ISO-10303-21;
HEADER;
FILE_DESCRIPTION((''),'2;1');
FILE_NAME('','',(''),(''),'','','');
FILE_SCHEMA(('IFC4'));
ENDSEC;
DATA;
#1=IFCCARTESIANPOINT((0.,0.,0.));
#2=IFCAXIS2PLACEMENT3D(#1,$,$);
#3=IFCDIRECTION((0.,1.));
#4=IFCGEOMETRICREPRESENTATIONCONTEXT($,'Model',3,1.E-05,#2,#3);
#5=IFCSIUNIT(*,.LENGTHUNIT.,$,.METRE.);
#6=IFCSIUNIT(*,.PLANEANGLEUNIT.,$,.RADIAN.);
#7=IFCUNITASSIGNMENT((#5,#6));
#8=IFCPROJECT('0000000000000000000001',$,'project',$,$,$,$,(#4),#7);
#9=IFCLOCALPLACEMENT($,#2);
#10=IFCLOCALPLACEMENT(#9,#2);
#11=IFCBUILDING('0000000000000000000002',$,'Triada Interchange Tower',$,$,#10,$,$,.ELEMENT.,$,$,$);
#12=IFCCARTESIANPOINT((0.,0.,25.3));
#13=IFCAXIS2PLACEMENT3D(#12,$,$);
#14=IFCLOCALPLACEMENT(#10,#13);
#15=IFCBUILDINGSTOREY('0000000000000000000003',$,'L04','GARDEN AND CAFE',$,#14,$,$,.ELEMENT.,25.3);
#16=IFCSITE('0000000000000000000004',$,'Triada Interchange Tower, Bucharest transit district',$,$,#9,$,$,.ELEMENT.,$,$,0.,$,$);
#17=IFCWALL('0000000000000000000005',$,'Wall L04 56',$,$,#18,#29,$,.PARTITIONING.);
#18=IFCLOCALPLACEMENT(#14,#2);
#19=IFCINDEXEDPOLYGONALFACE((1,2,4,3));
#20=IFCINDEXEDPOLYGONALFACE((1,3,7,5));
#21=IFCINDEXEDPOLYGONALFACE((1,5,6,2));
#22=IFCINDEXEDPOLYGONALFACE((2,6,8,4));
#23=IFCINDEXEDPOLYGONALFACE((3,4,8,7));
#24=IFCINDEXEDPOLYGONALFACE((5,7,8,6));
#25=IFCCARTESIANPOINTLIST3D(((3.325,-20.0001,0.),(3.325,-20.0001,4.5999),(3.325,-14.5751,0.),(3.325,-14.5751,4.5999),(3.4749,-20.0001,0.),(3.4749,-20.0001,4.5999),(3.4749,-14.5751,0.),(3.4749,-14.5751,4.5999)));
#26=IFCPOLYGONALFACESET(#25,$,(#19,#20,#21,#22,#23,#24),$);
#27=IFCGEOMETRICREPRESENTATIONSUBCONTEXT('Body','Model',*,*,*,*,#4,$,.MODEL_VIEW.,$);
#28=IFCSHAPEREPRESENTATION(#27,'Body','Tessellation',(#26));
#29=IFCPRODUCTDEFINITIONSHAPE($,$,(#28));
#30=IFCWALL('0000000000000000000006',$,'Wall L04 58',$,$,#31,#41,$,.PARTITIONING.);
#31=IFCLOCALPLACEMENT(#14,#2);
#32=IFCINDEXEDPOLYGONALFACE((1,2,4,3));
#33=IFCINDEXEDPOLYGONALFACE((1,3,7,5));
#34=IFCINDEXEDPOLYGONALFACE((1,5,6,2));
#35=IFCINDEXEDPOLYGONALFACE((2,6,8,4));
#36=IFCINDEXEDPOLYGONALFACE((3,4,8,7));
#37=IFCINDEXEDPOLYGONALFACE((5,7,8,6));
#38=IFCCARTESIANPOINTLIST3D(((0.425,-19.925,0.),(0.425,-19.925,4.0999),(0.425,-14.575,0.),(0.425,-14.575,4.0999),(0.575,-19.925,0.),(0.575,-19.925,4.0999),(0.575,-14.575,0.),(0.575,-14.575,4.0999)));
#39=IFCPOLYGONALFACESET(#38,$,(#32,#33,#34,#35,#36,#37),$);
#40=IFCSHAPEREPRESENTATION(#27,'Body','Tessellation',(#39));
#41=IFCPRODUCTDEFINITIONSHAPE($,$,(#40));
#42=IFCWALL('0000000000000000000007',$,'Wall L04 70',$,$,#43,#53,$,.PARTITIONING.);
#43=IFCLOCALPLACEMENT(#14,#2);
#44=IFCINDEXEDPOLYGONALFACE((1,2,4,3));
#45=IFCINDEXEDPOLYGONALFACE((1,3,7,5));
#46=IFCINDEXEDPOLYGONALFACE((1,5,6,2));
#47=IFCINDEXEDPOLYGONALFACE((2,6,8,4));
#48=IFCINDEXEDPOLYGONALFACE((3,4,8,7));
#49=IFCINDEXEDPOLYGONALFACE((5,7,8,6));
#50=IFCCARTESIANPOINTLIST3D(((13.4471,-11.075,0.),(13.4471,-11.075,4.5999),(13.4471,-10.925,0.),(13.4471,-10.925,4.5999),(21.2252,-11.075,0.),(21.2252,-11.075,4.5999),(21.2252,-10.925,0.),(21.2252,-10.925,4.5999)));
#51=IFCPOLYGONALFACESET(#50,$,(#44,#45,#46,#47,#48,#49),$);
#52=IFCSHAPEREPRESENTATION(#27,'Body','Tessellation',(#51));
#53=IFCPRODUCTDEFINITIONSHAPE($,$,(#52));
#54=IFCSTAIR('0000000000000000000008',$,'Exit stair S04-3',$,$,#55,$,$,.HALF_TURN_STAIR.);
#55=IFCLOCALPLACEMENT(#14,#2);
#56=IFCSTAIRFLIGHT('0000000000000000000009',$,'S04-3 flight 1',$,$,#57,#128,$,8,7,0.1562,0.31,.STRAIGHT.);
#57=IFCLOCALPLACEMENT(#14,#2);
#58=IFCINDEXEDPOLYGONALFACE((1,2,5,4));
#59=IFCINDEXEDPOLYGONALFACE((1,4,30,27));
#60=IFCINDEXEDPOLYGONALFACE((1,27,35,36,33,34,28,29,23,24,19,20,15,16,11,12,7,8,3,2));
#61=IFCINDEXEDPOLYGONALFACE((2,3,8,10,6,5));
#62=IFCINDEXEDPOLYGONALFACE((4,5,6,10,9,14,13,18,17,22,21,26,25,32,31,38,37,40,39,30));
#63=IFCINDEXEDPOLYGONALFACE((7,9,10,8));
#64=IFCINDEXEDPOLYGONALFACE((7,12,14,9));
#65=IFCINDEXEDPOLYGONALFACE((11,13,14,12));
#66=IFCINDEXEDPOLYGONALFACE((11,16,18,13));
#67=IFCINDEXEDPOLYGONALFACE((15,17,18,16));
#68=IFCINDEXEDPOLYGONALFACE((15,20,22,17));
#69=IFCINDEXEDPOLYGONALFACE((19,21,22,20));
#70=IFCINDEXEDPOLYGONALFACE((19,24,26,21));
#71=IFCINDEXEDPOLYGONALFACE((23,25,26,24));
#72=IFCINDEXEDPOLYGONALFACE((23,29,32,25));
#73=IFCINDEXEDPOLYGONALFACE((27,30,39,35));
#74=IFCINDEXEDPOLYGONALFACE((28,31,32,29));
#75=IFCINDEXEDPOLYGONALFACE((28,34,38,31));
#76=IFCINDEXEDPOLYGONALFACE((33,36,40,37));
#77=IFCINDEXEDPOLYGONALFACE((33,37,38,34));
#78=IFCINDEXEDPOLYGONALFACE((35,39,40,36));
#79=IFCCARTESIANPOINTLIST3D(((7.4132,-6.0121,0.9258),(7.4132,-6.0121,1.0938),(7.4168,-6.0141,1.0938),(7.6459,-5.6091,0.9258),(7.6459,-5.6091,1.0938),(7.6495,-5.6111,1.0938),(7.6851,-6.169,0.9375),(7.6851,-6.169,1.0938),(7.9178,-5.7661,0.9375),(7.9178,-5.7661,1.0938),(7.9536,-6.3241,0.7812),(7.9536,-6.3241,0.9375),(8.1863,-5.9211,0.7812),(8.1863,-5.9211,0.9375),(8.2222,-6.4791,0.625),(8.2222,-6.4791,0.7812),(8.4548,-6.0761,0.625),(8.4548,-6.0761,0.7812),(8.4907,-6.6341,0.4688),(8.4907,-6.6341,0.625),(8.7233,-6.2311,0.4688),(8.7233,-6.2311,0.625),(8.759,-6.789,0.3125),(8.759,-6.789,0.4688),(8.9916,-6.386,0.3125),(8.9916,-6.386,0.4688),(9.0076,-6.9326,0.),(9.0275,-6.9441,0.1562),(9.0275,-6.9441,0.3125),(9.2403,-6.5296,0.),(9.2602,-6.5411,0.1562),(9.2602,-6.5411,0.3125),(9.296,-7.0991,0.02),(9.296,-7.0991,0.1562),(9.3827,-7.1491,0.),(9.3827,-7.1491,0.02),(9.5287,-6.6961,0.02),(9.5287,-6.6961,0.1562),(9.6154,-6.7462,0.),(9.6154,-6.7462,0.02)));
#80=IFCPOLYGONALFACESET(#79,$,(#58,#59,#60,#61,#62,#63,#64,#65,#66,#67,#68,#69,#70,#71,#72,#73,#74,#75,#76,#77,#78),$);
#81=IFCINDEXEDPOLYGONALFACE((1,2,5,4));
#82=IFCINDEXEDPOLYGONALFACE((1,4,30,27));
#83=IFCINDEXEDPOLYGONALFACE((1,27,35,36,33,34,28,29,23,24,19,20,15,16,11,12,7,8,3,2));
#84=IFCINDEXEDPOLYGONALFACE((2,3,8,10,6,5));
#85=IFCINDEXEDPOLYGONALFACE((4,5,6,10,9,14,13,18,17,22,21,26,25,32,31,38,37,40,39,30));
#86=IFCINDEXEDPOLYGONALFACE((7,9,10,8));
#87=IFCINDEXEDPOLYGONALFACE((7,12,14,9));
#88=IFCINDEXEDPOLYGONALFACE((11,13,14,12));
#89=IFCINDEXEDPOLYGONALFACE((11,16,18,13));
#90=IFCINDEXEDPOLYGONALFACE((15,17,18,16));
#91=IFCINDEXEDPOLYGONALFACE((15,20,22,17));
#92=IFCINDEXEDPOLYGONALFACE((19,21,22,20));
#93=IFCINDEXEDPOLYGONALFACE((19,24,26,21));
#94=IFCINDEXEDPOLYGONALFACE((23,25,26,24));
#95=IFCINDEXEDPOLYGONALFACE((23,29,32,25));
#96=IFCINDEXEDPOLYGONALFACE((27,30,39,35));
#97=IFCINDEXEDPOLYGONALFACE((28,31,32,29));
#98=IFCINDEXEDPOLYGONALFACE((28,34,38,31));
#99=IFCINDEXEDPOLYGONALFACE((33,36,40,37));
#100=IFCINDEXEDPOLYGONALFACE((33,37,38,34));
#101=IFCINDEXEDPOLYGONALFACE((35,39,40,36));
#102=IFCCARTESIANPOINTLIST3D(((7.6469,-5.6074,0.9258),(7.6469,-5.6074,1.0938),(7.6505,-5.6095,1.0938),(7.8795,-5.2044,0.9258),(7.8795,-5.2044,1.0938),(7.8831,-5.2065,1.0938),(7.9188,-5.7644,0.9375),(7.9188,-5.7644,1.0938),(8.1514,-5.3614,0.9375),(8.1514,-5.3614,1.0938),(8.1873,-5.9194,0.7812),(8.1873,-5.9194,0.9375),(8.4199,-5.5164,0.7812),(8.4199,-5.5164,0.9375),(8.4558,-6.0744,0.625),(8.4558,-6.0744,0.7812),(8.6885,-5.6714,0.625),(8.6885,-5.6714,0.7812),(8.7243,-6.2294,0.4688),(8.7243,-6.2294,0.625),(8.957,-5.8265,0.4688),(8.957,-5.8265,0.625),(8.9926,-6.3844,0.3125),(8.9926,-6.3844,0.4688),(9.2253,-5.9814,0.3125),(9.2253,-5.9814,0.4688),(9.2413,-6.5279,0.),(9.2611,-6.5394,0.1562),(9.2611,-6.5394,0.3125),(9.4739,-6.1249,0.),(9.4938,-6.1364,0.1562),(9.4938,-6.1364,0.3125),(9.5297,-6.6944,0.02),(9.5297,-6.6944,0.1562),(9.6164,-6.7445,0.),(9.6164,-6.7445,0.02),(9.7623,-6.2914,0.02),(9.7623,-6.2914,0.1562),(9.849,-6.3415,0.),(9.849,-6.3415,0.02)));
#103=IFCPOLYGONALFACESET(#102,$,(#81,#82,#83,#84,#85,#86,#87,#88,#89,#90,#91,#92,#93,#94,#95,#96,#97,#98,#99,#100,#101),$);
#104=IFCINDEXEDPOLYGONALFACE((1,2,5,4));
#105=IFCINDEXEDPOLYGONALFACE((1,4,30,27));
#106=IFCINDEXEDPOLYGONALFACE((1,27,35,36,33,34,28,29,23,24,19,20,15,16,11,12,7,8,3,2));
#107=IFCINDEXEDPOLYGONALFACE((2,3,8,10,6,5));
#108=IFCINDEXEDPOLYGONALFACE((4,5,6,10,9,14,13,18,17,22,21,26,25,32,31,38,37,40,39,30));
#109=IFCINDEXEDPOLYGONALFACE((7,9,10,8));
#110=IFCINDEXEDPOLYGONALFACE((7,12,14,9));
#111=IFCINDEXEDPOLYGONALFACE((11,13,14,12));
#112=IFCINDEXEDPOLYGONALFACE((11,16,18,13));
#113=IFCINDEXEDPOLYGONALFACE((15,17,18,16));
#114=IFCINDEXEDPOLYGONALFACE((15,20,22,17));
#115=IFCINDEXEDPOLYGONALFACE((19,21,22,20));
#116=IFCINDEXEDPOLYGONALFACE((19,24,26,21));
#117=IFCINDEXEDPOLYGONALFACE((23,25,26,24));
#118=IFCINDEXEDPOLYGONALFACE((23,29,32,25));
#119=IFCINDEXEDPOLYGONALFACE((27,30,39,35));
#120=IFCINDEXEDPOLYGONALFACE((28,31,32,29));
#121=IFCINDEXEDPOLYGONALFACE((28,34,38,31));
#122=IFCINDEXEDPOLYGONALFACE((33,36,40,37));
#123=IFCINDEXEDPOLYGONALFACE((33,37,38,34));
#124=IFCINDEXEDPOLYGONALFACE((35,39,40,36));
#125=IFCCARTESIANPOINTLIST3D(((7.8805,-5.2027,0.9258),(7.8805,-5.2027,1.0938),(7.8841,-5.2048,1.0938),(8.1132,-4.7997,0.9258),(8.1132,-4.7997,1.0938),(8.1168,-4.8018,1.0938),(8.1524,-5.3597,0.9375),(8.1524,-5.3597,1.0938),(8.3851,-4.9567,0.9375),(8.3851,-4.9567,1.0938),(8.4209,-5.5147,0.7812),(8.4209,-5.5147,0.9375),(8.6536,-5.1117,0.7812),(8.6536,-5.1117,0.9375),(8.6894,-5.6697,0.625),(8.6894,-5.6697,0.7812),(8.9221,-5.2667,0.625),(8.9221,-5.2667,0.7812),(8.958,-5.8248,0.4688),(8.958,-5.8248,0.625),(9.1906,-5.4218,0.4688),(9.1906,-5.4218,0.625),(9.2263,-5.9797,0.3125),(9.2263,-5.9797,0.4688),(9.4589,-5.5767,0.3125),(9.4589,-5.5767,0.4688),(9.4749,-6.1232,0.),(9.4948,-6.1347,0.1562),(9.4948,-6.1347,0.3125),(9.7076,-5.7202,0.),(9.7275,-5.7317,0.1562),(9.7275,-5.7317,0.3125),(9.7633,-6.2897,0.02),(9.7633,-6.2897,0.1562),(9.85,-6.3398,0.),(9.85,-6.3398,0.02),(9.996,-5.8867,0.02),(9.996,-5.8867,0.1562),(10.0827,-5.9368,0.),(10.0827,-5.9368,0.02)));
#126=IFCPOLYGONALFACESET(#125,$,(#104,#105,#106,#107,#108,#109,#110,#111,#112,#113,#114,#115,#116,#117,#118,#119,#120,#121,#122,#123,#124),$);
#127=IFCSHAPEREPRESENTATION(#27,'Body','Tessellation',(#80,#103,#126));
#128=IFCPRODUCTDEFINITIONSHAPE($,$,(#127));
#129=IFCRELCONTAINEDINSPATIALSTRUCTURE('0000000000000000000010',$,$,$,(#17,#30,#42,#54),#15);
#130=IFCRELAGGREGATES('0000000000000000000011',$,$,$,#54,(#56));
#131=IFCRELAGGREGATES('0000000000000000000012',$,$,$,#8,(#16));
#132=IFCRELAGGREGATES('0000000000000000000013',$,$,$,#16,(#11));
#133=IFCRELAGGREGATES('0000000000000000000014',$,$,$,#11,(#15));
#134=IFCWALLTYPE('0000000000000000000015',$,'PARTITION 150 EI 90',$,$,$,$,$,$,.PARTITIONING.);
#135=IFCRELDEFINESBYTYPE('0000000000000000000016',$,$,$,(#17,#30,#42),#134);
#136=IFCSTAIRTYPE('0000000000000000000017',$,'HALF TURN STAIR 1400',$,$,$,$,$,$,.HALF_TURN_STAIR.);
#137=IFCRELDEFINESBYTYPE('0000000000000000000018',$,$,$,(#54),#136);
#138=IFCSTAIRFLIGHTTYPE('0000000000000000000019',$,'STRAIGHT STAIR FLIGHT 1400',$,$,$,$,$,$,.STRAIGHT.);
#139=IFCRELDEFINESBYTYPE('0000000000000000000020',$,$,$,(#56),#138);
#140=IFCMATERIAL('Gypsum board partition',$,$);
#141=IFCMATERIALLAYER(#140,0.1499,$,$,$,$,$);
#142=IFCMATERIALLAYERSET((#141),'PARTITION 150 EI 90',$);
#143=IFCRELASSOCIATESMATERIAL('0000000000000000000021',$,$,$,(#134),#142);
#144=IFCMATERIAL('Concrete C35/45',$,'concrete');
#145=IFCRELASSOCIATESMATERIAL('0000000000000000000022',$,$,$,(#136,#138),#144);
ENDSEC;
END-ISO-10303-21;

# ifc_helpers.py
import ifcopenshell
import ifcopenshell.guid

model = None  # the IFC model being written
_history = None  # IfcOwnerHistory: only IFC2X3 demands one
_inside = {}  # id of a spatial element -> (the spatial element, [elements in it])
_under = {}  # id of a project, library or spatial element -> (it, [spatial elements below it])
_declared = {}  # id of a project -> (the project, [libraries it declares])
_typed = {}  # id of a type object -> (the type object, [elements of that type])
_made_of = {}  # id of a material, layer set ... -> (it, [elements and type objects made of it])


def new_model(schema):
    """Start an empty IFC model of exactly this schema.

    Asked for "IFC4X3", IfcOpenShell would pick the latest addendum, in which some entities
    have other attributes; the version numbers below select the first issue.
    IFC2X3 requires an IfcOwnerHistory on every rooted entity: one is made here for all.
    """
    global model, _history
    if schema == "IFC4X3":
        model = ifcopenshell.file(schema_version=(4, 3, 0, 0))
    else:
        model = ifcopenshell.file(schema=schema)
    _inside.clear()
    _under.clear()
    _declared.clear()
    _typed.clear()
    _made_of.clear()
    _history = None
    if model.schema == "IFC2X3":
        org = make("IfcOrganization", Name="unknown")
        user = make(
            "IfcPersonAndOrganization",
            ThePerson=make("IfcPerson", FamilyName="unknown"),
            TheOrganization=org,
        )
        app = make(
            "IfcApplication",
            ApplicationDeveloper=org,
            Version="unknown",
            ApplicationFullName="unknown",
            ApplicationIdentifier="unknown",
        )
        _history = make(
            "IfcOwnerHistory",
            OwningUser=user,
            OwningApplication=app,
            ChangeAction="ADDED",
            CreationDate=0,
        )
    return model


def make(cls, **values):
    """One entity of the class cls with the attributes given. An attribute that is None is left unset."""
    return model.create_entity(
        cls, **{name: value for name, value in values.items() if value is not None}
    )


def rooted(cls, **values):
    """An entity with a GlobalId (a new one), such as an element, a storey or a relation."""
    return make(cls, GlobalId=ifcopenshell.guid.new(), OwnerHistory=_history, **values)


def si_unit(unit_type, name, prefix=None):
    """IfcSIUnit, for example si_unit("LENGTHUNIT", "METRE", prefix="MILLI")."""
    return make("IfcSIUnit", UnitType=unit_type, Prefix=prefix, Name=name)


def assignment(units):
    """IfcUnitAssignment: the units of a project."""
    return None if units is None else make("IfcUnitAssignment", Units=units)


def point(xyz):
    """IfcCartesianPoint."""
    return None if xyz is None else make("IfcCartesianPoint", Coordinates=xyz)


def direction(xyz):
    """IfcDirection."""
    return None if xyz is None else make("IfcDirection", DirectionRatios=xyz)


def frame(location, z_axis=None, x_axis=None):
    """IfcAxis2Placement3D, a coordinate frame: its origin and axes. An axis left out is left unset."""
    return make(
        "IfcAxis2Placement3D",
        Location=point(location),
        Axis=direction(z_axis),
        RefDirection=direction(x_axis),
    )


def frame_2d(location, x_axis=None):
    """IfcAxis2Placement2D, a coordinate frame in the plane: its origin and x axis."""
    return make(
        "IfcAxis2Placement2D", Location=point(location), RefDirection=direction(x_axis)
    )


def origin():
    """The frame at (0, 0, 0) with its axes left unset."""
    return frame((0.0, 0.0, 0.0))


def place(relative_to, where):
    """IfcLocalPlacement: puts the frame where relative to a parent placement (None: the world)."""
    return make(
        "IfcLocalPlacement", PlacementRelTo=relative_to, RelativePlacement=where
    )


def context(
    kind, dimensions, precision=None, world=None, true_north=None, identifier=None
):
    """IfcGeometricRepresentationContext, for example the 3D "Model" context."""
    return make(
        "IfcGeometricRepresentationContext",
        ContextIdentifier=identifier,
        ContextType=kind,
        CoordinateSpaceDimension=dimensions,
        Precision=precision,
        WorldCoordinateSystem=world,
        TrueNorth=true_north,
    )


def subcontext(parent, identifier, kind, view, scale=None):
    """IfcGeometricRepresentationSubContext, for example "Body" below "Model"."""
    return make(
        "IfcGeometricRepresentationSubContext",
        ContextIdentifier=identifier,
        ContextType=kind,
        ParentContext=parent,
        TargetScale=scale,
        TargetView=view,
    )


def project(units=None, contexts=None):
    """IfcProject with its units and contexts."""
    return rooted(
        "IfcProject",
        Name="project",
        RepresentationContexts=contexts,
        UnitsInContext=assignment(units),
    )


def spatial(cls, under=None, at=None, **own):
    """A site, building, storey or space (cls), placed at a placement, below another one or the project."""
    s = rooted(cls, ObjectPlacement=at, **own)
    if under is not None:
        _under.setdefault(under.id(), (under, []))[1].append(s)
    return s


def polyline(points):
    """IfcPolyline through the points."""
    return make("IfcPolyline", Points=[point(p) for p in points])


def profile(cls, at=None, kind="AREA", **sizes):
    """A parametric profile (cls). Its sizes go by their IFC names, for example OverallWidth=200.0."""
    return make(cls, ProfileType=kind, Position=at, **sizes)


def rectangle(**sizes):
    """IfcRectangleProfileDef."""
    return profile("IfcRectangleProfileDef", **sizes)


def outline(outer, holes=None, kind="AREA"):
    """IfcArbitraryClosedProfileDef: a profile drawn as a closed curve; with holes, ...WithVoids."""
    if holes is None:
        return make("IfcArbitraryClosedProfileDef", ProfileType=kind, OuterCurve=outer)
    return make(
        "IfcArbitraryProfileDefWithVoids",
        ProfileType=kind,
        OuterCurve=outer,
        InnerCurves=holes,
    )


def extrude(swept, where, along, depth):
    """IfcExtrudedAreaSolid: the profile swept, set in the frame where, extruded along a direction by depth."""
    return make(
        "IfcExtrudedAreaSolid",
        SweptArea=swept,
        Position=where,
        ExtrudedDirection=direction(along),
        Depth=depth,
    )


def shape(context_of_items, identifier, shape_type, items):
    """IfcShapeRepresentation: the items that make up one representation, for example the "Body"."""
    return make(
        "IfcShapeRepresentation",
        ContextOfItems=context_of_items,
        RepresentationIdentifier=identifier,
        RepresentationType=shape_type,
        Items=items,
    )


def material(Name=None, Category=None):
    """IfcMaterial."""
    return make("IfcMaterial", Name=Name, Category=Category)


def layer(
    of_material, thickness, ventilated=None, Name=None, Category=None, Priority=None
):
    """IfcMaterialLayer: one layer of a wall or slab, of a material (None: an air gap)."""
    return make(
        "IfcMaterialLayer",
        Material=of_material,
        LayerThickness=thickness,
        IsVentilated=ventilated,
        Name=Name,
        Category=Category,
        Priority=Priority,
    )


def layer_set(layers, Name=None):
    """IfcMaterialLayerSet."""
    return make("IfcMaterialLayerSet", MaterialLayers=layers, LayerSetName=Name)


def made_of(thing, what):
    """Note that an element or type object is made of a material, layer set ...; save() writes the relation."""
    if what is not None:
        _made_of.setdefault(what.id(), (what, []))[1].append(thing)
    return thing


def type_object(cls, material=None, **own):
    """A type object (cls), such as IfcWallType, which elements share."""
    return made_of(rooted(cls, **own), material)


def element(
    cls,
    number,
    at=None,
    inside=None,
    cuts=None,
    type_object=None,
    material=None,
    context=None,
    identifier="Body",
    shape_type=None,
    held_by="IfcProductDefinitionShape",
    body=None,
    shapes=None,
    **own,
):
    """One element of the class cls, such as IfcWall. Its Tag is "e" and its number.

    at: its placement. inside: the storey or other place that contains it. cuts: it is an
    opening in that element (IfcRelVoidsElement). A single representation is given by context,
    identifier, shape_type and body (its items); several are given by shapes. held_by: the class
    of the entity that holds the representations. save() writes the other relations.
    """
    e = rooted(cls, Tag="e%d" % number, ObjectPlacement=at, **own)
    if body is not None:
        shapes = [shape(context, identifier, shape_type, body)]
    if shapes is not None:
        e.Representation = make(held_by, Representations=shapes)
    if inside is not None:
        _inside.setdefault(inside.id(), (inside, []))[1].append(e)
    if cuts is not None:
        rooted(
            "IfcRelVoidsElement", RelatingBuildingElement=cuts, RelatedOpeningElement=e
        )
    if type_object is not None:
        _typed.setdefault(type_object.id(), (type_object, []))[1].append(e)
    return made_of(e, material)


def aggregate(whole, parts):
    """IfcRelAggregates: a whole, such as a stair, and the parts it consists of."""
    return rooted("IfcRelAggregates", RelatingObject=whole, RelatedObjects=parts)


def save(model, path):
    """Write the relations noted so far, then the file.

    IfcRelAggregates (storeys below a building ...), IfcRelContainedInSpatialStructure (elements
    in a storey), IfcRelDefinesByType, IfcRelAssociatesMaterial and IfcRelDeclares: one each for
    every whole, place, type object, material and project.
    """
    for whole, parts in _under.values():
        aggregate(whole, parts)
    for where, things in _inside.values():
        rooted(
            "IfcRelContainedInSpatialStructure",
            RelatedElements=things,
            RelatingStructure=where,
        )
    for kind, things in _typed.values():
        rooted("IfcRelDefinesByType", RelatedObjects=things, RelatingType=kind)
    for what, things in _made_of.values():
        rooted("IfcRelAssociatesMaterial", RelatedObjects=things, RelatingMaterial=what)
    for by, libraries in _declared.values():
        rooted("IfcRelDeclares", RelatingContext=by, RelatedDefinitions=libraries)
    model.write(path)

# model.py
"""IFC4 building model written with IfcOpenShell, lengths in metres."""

from ifc_helpers import new_model, si_unit, direction, frame, frame_2d, origin, place, context, subcontext, project, spatial, polyline, rectangle, outline, extrude, material, layer, layer_set, type_object, element, aggregate, save


model = new_model("IFC4")

# Units and contexts
model_context = context("Model", 3, precision=1e-05, world=origin(), true_north=direction((0.0, 1.0)))
body_context = subcontext(model_context, "Body", "Model", "MODEL_VIEW")
ifc_project = project(units=[si_unit("LENGTHUNIT", "METRE"), si_unit("PLANEANGLEUNIT", "RADIAN")], contexts=[model_context])

# Site, building, storey
site_placement = place(None, origin())
site = spatial("IfcSite", under=ifc_project, at=site_placement, Name="Triada Interchange Tower, Bucharest transit district", CompositionType="ELEMENT", RefElevation=0.0)
building_placement = place(site_placement, origin())
building = spatial("IfcBuilding", under=site, at=building_placement, Name="Triada Interchange Tower", CompositionType="ELEMENT")
storey_placement = place(building_placement, frame((0.0, 0.0, 25.3)))
storey = spatial("IfcBuildingStorey", under=building, at=storey_placement, Name="L04", Description="GARDEN AND CAFE", CompositionType="ELEMENT", Elevation=25.3)

# Shared definitions
ifc_material_1 = material(Name="Concrete C35/45", Category="concrete")

# Walls
ifc_material_2 = material(Name="Gypsum board partition")
ifc_layer_1 = layer(ifc_material_2, 0.1499)
ifc_layer_set_1 = layer_set([ifc_layer_1], Name="PARTITION 150 EI 90")
wall_type_1 = type_object("IfcWallType", Name="PARTITION 150 EI 90", PredefinedType="PARTITIONING", material=ifc_layer_set_1)
wall_1_placement = place(storey_placement, frame((3.3999, -20.0, 0.0), z_axis=(0.0, 0.0, 1.0), x_axis=(0.0, 1.0, 0.0)))
element("IfcWall", 1, at=wall_1_placement, inside=storey, type_object=wall_type_1, Name="Wall L04 56", PredefinedType="PARTITIONING", context=body_context, shape_type="SweptSolid", body=[
    extrude(rectangle(XDim=5.425, YDim=0.1499, at=frame_2d((2.7124, 0.0))), origin(), (0.0, 0.0, 1.0), 4.5999),
])
wall_2_placement = place(storey_placement, frame((0.5, -19.925, 0.0), z_axis=(0.0, 0.0, 1.0), x_axis=(0.0, 1.0, 0.0)))
element("IfcWall", 2, at=wall_2_placement, inside=storey, type_object=wall_type_1, Name="Wall L04 58", PredefinedType="PARTITIONING", context=body_context, shape_type="SweptSolid", body=[
    extrude(rectangle(XDim=5.3501, YDim=0.1499, at=frame_2d((2.675, 0.0))), origin(), (0.0, 0.0, 1.0), 4.0999),
])
wall_3_placement = place(storey_placement, frame((13.447, -11.0, 0.0), z_axis=(0.0, 0.0, 1.0), x_axis=(1.0, 0.0, 0.0)))
element("IfcWall", 3, at=wall_3_placement, inside=storey, type_object=wall_type_1, Name="Wall L04 70", PredefinedType="PARTITIONING", context=body_context, shape_type="SweptSolid", body=[
    extrude(rectangle(XDim=7.7781, YDim=0.1499, at=frame_2d((3.8892, 0.0))), origin(), (0.0, 0.0, 1.0), 4.5999),
])

# Stair, stair flight
stair_type = type_object("IfcStairType", Name="HALF TURN STAIR 1400", PredefinedType="HALF_TURN_STAIR", material=ifc_material_1)
stair_placement = place(storey_placement, origin())
stair = element("IfcStair", 4, at=stair_placement, inside=storey, type_object=stair_type, Name="Exit stair S04-3", PredefinedType="HALF_TURN_STAIR")
stair_flight_type = type_object("IfcStairFlightType", Name="STRAIGHT STAIR FLIGHT 1400", PredefinedType="STRAIGHT", material=ifc_material_1)
stair_flight_1_placement = place(storey_placement, frame((9.646, -6.4929, 0.0), z_axis=(0.0, 0.0, 1.0), x_axis=(-0.866025, 0.5, 0.0)))
stair_flight_1 = element("IfcStairFlight", 5, at=stair_flight_1_placement, type_object=stair_flight_type, Name="S04-3 flight 1", NumberOfRisers=8, NumberOfTreads=7, PredefinedType="STRAIGHT", RiserHeight=0.1562, TreadLength=0.31, context=body_context, shape_type="SweptSolid", body=[
    extrude(outline(polyline([(-0.1001, 0.0), (-0.1001, 0.02), (0.0, 0.02), (0.0, 0.1562), (0.3101, 0.1562), (0.3101, 0.3125), (0.6201, 0.3125), (0.6201, 0.4688), (0.9299, 0.4688), (0.9299, 0.625), (1.24, 0.625), (1.24, 0.7812), (1.55, 0.7812), (1.55, 0.9375), (1.8601, 0.9375), (1.8601, 1.0938), (2.1699, 1.0938), (2.1741, 1.0938), (2.1741, 1.25), (2.1741, 0.9258), (0.333, 0.0), (-0.1001, 0.0)])), frame((0.0, 0.7, 0.0), z_axis=(0.0, -1.0, 0.0), x_axis=(1.0, 0.0, 0.0)), (0.0, 0.0, 1.0), 0.4653),
    extrude(outline(polyline([(-0.1001, 0.0), (-0.1001, 0.02), (0.0, 0.02), (0.0, 0.1562), (0.3101, 0.1562), (0.3101, 0.3125), (0.6201, 0.3125), (0.6201, 0.4688), (0.9299, 0.4688), (0.9299, 0.625), (1.24, 0.625), (1.24, 0.7812), (1.55, 0.7812), (1.55, 0.9375), (1.8601, 0.9375), (1.8601, 1.0938), (2.1699, 1.0938), (2.1741, 1.0938), (2.1741, 1.25), (2.1741, 0.9258), (0.333, 0.0), (-0.1001, 0.0)])), frame((0.0, 0.2327, 0.0), z_axis=(0.0, -1.0, 0.0), x_axis=(1.0, 0.0, 0.0)), (0.0, 0.0, 1.0), 0.4653),
    extrude(outline(polyline([(-0.1001, 0.0), (-0.1001, 0.02), (0.0, 0.02), (0.0, 0.1562), (0.3101, 0.1562), (0.3101, 0.3125), (0.6201, 0.3125), (0.6201, 0.4688), (0.9299, 0.4688), (0.9299, 0.625), (1.24, 0.625), (1.24, 0.7812), (1.55, 0.7812), (1.55, 0.9375), (1.8601, 0.9375), (1.8601, 1.0938), (2.1699, 1.0938), (2.1741, 1.0938), (2.1741, 1.25), (2.1741, 0.9258), (0.333, 0.0), (-0.1001, 0.0)])), frame((0.0, -0.2346, 0.0), z_axis=(0.0, -1.0, 0.0), x_axis=(1.0, 0.0, 0.0)), (0.0, 0.0, 1.0), 0.4653),
])
aggregate(stair, [stair_flight_1])

save(model, "model.ifc")
